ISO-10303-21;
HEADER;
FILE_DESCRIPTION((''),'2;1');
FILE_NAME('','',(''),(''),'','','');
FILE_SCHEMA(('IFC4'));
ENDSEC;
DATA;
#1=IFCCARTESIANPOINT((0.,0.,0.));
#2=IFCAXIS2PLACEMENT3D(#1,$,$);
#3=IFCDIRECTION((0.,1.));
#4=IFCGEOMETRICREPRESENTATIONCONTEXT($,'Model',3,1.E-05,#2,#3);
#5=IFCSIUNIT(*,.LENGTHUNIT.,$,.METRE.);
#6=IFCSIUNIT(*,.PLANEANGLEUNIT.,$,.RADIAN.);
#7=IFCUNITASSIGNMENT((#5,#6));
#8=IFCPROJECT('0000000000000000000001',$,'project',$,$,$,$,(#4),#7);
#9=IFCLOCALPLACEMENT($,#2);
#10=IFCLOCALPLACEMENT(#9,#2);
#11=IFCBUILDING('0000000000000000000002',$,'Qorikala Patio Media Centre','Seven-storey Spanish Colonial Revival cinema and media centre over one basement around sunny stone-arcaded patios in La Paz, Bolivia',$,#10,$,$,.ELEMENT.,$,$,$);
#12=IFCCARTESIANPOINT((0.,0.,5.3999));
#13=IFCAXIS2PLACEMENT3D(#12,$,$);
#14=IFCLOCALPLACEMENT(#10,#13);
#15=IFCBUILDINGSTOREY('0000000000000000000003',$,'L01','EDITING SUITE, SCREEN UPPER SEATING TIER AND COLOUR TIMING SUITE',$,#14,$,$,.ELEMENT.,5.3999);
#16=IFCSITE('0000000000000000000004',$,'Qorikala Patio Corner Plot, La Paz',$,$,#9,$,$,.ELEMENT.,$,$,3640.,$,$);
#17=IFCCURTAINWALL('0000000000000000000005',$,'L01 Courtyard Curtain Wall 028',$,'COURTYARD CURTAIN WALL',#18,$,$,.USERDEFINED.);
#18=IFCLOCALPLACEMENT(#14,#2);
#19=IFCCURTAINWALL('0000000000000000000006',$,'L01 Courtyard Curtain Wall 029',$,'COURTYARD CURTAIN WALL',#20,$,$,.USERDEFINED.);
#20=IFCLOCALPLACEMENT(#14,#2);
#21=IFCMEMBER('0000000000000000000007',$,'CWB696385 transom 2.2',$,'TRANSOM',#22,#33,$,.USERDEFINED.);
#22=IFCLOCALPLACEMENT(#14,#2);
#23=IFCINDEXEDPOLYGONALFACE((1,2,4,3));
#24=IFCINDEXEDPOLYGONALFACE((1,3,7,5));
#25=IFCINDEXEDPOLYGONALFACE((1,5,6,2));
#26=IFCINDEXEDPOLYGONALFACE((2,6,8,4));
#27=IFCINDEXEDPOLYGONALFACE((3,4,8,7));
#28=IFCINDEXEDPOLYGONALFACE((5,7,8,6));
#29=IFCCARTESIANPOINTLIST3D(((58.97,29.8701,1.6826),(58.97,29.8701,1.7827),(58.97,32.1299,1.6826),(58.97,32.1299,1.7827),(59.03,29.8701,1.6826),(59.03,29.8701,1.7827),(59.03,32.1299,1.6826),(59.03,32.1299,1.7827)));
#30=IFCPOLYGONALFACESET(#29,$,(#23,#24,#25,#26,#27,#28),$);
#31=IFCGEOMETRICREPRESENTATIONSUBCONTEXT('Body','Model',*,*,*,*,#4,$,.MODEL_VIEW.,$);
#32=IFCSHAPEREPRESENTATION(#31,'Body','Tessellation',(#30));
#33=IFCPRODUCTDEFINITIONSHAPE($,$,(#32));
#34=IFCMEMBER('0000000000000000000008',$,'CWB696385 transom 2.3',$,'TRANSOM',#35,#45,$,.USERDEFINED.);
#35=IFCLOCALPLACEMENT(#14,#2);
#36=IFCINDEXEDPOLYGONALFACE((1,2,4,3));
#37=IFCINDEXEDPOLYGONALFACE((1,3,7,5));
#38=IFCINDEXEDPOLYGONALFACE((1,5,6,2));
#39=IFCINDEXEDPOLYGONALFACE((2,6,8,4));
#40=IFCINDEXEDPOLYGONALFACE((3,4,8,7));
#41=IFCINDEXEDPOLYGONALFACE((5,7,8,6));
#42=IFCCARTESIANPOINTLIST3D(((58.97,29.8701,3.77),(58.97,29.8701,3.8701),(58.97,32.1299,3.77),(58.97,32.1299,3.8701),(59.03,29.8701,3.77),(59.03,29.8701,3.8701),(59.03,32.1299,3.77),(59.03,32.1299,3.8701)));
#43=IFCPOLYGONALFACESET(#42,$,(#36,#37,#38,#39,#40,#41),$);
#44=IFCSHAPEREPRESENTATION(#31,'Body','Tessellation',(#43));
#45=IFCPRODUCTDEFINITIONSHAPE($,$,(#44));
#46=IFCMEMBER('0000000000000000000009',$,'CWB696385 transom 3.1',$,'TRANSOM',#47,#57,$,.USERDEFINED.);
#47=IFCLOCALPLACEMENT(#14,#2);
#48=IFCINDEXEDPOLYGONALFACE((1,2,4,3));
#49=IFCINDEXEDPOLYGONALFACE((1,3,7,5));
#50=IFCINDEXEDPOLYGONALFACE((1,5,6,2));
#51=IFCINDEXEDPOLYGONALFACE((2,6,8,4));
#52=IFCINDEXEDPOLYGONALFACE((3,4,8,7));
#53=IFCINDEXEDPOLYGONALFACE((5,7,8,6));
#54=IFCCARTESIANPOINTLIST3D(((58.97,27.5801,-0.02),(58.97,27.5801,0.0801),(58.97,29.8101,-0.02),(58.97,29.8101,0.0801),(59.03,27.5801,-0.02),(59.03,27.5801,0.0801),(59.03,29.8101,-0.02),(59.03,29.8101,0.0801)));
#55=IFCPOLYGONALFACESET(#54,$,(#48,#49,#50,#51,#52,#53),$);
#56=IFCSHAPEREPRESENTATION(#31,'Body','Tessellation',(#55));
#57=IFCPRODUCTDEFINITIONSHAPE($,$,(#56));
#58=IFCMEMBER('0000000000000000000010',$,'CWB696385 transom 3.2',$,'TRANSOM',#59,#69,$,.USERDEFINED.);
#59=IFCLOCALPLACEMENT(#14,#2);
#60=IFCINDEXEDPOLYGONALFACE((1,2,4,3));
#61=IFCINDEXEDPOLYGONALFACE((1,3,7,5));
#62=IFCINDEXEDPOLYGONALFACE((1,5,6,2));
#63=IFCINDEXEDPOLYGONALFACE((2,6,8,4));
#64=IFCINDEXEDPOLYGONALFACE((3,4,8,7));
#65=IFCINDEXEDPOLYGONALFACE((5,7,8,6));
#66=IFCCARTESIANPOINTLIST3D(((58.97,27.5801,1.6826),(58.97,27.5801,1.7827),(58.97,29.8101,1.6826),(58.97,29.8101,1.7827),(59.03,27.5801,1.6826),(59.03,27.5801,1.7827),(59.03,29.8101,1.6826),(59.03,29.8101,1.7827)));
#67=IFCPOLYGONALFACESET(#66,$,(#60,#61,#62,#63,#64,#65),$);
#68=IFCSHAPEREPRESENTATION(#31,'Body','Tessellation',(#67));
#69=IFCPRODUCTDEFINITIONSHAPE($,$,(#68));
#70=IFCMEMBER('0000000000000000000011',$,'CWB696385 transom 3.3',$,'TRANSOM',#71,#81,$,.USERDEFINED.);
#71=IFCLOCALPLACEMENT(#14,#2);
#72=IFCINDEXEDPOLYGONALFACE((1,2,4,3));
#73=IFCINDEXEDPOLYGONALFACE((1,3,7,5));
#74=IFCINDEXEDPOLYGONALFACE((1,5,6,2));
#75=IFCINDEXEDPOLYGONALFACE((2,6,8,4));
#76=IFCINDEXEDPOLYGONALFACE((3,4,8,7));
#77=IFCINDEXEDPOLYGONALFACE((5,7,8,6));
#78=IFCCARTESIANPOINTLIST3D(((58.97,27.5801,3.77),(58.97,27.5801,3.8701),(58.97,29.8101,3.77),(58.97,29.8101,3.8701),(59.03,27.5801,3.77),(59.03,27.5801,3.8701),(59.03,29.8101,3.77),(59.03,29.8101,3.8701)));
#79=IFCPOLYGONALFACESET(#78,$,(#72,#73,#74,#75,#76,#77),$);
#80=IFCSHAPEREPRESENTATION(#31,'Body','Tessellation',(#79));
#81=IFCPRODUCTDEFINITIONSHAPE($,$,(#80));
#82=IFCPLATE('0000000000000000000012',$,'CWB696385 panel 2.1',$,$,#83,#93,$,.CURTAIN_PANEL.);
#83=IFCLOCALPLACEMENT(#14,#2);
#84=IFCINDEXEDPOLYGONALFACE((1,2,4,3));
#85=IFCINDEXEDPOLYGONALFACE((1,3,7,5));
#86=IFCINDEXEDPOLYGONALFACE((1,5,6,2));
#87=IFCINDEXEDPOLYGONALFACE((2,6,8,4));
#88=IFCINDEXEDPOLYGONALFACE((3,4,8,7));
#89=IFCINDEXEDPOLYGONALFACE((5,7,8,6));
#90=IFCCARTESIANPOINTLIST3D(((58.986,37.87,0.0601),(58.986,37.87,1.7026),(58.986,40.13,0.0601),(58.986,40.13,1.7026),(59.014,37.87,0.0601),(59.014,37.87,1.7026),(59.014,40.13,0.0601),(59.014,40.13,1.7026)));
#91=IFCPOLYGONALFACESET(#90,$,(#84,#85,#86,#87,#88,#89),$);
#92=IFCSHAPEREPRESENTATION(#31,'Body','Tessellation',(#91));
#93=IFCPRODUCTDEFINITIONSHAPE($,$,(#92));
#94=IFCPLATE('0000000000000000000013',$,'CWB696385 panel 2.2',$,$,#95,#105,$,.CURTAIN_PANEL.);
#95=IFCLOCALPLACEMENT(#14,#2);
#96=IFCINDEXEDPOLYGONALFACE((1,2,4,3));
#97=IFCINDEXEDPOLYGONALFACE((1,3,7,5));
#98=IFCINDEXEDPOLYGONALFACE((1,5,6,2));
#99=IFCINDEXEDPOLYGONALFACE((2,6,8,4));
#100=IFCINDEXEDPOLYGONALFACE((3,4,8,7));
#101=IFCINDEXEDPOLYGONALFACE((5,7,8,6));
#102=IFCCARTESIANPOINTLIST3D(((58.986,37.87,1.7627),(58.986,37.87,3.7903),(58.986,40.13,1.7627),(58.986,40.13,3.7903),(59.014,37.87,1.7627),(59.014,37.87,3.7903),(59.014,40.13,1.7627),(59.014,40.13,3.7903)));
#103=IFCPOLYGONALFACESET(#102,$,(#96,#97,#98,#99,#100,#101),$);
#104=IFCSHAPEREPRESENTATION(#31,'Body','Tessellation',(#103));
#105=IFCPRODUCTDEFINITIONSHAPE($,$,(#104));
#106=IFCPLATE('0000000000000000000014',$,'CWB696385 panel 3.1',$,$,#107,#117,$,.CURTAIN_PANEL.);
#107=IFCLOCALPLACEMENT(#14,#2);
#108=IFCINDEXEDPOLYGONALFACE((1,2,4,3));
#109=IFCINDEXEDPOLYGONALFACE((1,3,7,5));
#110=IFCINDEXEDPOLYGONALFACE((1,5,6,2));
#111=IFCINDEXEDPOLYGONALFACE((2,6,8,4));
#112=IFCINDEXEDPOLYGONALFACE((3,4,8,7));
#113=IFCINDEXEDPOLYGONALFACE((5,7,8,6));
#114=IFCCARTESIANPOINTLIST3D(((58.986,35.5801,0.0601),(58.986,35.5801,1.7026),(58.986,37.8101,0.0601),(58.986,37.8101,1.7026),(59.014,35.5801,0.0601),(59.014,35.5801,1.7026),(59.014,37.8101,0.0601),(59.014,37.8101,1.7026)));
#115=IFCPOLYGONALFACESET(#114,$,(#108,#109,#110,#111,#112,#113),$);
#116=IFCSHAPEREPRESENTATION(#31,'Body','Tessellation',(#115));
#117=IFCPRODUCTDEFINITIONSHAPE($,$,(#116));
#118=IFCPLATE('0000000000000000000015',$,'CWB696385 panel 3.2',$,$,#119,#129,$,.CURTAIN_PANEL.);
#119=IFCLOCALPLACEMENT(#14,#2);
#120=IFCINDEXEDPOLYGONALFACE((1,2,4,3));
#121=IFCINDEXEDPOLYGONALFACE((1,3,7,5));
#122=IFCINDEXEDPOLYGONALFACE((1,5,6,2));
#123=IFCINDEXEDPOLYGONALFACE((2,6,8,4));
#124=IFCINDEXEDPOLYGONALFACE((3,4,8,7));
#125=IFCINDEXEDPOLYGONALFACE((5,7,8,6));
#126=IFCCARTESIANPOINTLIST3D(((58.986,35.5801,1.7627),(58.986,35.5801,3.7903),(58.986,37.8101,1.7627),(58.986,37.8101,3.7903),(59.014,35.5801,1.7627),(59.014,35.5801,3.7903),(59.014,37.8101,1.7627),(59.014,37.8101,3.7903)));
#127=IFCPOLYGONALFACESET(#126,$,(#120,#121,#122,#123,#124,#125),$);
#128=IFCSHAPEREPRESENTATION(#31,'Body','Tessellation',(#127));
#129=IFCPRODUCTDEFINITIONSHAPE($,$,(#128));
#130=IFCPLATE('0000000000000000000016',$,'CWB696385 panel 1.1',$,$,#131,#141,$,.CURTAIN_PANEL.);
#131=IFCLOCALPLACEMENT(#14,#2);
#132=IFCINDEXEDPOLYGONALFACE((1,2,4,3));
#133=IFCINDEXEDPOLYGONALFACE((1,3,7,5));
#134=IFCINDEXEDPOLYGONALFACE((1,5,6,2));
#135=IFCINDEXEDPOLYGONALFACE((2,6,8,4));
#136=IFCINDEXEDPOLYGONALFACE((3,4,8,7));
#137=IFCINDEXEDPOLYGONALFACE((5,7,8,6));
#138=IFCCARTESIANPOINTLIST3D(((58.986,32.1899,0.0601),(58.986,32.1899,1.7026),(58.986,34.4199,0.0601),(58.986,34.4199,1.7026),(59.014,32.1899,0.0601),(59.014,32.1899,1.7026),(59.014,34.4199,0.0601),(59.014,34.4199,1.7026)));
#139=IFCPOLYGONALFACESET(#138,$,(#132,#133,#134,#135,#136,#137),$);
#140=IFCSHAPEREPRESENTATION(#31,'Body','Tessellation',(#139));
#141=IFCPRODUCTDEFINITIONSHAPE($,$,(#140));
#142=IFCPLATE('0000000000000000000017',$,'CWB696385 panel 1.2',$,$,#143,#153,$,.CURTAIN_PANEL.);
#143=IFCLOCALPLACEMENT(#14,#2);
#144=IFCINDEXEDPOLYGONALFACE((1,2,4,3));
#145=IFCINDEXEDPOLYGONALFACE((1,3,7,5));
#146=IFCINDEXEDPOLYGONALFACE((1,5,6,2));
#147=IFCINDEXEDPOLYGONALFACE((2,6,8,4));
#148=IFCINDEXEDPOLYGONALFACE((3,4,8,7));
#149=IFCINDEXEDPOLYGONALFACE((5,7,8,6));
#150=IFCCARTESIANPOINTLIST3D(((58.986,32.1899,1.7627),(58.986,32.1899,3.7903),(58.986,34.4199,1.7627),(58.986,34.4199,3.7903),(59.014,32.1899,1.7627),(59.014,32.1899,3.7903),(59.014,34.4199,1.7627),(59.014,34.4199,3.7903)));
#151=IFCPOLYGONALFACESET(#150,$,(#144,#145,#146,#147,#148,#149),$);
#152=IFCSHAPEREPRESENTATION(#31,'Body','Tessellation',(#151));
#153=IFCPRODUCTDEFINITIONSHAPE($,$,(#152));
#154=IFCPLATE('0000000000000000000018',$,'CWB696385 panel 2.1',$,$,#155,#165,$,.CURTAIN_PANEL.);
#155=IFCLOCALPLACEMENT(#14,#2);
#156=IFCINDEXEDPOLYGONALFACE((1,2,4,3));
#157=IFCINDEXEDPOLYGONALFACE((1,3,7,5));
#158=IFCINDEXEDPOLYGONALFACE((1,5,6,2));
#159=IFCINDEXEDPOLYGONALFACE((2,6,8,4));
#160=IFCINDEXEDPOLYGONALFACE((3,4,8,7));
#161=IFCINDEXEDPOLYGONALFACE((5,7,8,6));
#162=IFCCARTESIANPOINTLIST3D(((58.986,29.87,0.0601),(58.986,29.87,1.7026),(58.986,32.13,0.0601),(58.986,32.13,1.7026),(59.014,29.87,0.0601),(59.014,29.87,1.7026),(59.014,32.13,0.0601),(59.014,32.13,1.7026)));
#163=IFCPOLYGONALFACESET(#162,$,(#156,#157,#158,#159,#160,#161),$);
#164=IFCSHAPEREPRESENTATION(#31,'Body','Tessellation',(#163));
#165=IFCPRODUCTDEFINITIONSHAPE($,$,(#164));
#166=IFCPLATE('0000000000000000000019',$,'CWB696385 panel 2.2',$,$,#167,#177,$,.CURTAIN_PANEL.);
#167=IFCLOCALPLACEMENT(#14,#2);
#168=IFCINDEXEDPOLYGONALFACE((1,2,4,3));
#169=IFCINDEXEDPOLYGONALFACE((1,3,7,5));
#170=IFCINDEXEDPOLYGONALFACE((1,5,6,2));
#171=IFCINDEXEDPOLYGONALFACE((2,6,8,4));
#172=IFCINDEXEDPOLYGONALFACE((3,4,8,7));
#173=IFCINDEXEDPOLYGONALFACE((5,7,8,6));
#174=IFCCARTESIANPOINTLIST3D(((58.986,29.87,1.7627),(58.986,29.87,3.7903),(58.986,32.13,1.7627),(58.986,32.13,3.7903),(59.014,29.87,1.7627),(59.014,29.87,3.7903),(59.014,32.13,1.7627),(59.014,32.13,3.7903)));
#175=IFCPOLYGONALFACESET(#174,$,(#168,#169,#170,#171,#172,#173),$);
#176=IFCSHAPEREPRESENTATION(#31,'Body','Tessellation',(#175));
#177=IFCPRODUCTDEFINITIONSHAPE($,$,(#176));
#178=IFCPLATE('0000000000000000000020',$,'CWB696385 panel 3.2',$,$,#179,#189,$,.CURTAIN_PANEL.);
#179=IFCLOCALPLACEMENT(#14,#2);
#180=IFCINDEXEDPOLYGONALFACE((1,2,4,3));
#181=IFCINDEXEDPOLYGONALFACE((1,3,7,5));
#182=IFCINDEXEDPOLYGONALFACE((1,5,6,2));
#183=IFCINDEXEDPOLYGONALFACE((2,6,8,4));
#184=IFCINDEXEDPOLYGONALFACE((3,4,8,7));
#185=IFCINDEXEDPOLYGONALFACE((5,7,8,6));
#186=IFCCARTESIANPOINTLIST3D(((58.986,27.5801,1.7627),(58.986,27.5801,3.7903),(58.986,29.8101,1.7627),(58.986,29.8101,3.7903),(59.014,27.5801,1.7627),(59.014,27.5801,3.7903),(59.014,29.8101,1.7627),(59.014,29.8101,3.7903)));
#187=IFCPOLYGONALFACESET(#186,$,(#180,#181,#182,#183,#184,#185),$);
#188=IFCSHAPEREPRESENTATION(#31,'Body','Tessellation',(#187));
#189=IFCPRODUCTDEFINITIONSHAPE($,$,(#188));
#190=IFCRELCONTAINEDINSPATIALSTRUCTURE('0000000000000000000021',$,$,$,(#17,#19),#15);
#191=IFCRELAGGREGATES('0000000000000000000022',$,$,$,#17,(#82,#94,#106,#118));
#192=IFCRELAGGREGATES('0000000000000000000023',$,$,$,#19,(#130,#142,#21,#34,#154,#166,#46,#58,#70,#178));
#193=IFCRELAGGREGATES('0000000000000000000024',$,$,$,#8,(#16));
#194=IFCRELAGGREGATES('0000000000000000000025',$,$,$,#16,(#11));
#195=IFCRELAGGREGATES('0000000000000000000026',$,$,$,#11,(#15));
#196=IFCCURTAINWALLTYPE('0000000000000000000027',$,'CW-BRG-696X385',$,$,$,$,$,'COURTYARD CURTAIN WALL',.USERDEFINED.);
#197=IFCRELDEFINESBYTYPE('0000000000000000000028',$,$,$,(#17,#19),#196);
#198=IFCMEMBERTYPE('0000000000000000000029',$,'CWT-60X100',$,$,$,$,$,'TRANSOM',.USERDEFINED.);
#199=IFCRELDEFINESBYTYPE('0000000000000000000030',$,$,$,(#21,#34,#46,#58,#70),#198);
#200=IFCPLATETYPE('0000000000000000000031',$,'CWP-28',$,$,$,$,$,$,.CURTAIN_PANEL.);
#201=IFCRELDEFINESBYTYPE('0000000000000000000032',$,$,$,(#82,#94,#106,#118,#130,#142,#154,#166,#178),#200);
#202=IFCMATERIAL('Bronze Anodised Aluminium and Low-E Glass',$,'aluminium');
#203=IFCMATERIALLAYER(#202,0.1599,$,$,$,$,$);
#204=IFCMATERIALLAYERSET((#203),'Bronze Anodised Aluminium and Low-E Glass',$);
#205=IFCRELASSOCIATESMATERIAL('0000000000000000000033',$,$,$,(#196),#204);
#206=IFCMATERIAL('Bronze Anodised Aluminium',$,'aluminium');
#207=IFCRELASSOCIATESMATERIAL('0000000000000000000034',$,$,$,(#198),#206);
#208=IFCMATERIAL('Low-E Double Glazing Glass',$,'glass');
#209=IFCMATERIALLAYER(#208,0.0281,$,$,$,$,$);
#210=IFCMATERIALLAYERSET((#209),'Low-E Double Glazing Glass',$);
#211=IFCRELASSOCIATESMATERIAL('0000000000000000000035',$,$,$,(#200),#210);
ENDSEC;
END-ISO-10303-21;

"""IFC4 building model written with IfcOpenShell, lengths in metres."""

from ifc_helpers import new_model, si_unit, direction, frame, origin, origin_2d, place, context, subcontext, project, spatial, rectangle, extrude, material, layer, layer_set, material_profile, profile_set, type_object, element, aggregate, save


model = new_model("IFC4")

# Units and contexts
model_context = context("Model", 3, precision=1e-05, world=origin(), true_north=direction((0.0, 1.0)))
body_context = subcontext(model_context, "Body", "Model", "MODEL_VIEW")
ifc_project = project(units=[si_unit("LENGTHUNIT", "METRE"), si_unit("PLANEANGLEUNIT", "RADIAN")], contexts=[model_context])

# Site, building, storey
site_placement = place(None, origin())
site = spatial("IfcSite", under=ifc_project, at=site_placement, Name="Qorikala Patio Corner Plot, La Paz", CompositionType="ELEMENT", RefElevation=3640.0)
building_placement = place(site_placement, origin())
building = spatial("IfcBuilding", under=site, at=building_placement, Name="Qorikala Patio Media Centre", Description="Seven-storey Spanish Colonial Revival cinema and media centre over one basement around sunny stone-arcaded patios in La Paz, Bolivia", CompositionType="ELEMENT")
storey_placement = place(building_placement, frame((0.0, 0.0, 5.3999)))
storey = spatial("IfcBuildingStorey", under=building, at=storey_placement, Name="L01", Description="EDITING SUITE, SCREEN UPPER SEATING TIER AND COLOUR TIMING SUITE", CompositionType="ELEMENT", Elevation=5.3999)

# Curtain walls
ifc_material_1 = material(Name="Bronze Anodised Aluminium and Low-E Glass", Category="aluminium")
ifc_layer_1 = layer(ifc_material_1, 0.1599)
ifc_layer_set_1 = layer_set([ifc_layer_1], Name="Bronze Anodised Aluminium and Low-E Glass")
curtain_wall_type = type_object("IfcCurtainWallType", Name="CW-BRG-696X385", ElementType="COURTYARD CURTAIN WALL", PredefinedType="USERDEFINED", material=ifc_layer_set_1)
curtain_wall_1_placement = place(storey_placement, origin())
curtain_wall_1 = element("IfcCurtainWall", 1, at=curtain_wall_1_placement, inside=storey, type_object=curtain_wall_type, Name="L01 Courtyard Curtain Wall 028", ObjectType="COURTYARD CURTAIN WALL", PredefinedType="USERDEFINED")
ifc_material_2 = material(Name="Bronze Anodised Aluminium", Category="aluminium")
curtain_wall_2_placement = place(storey_placement, origin())
curtain_wall_2 = element("IfcCurtainWall", 2, at=curtain_wall_2_placement, inside=storey, type_object=curtain_wall_type, Name="L01 Courtyard Curtain Wall 029", ObjectType="COURTYARD CURTAIN WALL", PredefinedType="USERDEFINED")

# Members
ifc_material_profile_1 = material_profile(ifc_material_2, rectangle(XDim=0.0601, YDim=0.1001, at=origin_2d()), Name="ALU TRANSOM 60x100")
ifc_profile_set_1 = profile_set([ifc_material_profile_1], Name="Bronze Anodised Aluminium")
member_type_1 = type_object("IfcMemberType", Name="CWT-60X100", ElementType="TRANSOM", PredefinedType="USERDEFINED", material=ifc_profile_set_1)
member_1_placement = place(storey_placement, frame((59.0, 32.1299, 1.7327), z_axis=(0.0, -1.0, 0.0), x_axis=(1.0, 0.0, 0.0)))
member_1 = element("IfcMember", 3, at=member_1_placement, type_object=member_type_1, Name="CWB696385 transom 2.2", ObjectType="TRANSOM", PredefinedType="USERDEFINED", context=body_context, shape_type="SweptSolid", body=[
    extrude(rectangle(XDim=0.0601, YDim=0.1001, at=origin_2d()), origin(), (0.0, 0.0, 1.0), 2.2598),
])
member_2_placement = place(storey_placement, frame((59.0, 32.1299, 3.8201), z_axis=(0.0, -1.0, 0.0), x_axis=(1.0, 0.0, 0.0)))
member_2 = element("IfcMember", 4, at=member_2_placement, type_object=member_type_1, Name="CWB696385 transom 2.3", ObjectType="TRANSOM", PredefinedType="USERDEFINED", context=body_context, shape_type="SweptSolid", body=[
    extrude(rectangle(XDim=0.0601, YDim=0.1001, at=origin_2d()), origin(), (0.0, 0.0, 1.0), 2.2598),
])
member_3_placement = place(storey_placement, frame((59.0, 29.8101, 0.03), z_axis=(0.0, -1.0, 0.0), x_axis=(1.0, 0.0, 0.0)))
member_3 = element("IfcMember", 5, at=member_3_placement, type_object=member_type_1, Name="CWB696385 transom 3.1", ObjectType="TRANSOM", PredefinedType="USERDEFINED", context=body_context, shape_type="SweptSolid", body=[
    extrude(rectangle(XDim=0.0601, YDim=0.1001, at=origin_2d()), origin(), (0.0, 0.0, 1.0), 2.23),
])
member_4_placement = place(storey_placement, frame((59.0, 29.8101, 1.7327), z_axis=(0.0, -1.0, 0.0), x_axis=(1.0, 0.0, 0.0)))
member_4 = element("IfcMember", 6, at=member_4_placement, type_object=member_type_1, Name="CWB696385 transom 3.2", ObjectType="TRANSOM", PredefinedType="USERDEFINED", context=body_context, shape_type="SweptSolid", body=[
    extrude(rectangle(XDim=0.0601, YDim=0.1001, at=origin_2d()), origin(), (0.0, 0.0, 1.0), 2.23),
])
member_5_placement = place(storey_placement, frame((59.0, 29.8101, 3.8201), z_axis=(0.0, -1.0, 0.0), x_axis=(1.0, 0.0, 0.0)))
member_5 = element("IfcMember", 7, at=member_5_placement, type_object=member_type_1, Name="CWB696385 transom 3.3", ObjectType="TRANSOM", PredefinedType="USERDEFINED", context=body_context, shape_type="SweptSolid", body=[
    extrude(rectangle(XDim=0.0601, YDim=0.1001, at=origin_2d()), origin(), (0.0, 0.0, 1.0), 2.23),
])

# Plates
ifc_material_3 = material(Name="Low-E Double Glazing Glass", Category="glass")
ifc_layer_2 = layer(ifc_material_3, 0.0281)
ifc_layer_set_2 = layer_set([ifc_layer_2], Name="Low-E Double Glazing Glass")
plate_type = type_object("IfcPlateType", Name="CWP-28", PredefinedType="CURTAIN_PANEL", material=ifc_layer_set_2)
plate_1_placement = place(storey_placement, frame((59.0, 39.0, 0.0601), z_axis=(0.0, 0.0, 1.0), x_axis=(0.0, -1.0, 0.0)))
plate_1 = element("IfcPlate", 8, at=plate_1_placement, type_object=plate_type, Name="CWB696385 panel 2.1", PredefinedType="CURTAIN_PANEL", context=body_context, shape_type="SweptSolid", body=[
    extrude(rectangle(XDim=2.26, YDim=0.0281, at=origin_2d()), origin(), (0.0, 0.0, 1.0), 1.6426),
])
plate_2_placement = place(storey_placement, frame((59.0, 39.0, 1.7627), z_axis=(0.0, 0.0, 1.0), x_axis=(0.0, -1.0, 0.0)))
plate_2 = element("IfcPlate", 9, at=plate_2_placement, type_object=plate_type, Name="CWB696385 panel 2.2", PredefinedType="CURTAIN_PANEL", context=body_context, shape_type="SweptSolid", body=[
    extrude(rectangle(XDim=2.26, YDim=0.0281, at=origin_2d()), origin(), (0.0, 0.0, 1.0), 2.0276),
])
plate_3_placement = place(storey_placement, frame((59.0, 36.6951, 0.0601), z_axis=(0.0, 0.0, 1.0), x_axis=(0.0, -1.0, 0.0)))
plate_3 = element("IfcPlate", 10, at=plate_3_placement, type_object=plate_type, Name="CWB696385 panel 3.1", PredefinedType="CURTAIN_PANEL", context=body_context, shape_type="SweptSolid", body=[
    extrude(rectangle(XDim=2.23, YDim=0.0281, at=origin_2d()), origin(), (0.0, 0.0, 1.0), 1.6426),
])
plate_4_placement = place(storey_placement, frame((59.0, 36.6951, 1.7627), z_axis=(0.0, 0.0, 1.0), x_axis=(0.0, -1.0, 0.0)))
plate_4 = element("IfcPlate", 11, at=plate_4_placement, type_object=plate_type, Name="CWB696385 panel 3.2", PredefinedType="CURTAIN_PANEL", context=body_context, shape_type="SweptSolid", body=[
    extrude(rectangle(XDim=2.23, YDim=0.0281, at=origin_2d()), origin(), (0.0, 0.0, 1.0), 2.0276),
])
aggregate(curtain_wall_1, [plate_1, plate_2, plate_3, plate_4])
plate_5_placement = place(storey_placement, frame((59.0, 33.3049, 0.0601), z_axis=(0.0, 0.0, 1.0), x_axis=(0.0, -1.0, 0.0)))
plate_5 = element("IfcPlate", 12, at=plate_5_placement, type_object=plate_type, Name="CWB696385 panel 1.1", PredefinedType="CURTAIN_PANEL", context=body_context, shape_type="SweptSolid", body=[
    extrude(rectangle(XDim=2.23, YDim=0.0281, at=origin_2d()), origin(), (0.0, 0.0, 1.0), 1.6426),
])
plate_6_placement = place(storey_placement, frame((59.0, 33.3049, 1.7627), z_axis=(0.0, 0.0, 1.0), x_axis=(0.0, -1.0, 0.0)))
plate_6 = element("IfcPlate", 13, at=plate_6_placement, type_object=plate_type, Name="CWB696385 panel 1.2", PredefinedType="CURTAIN_PANEL", context=body_context, shape_type="SweptSolid", body=[
    extrude(rectangle(XDim=2.23, YDim=0.0281, at=origin_2d()), origin(), (0.0, 0.0, 1.0), 2.0276),
])
plate_7_placement = place(storey_placement, frame((59.0, 31.0, 0.0601), z_axis=(0.0, 0.0, 1.0), x_axis=(0.0, -1.0, 0.0)))
plate_7 = element("IfcPlate", 14, at=plate_7_placement, type_object=plate_type, Name="CWB696385 panel 2.1", PredefinedType="CURTAIN_PANEL", context=body_context, shape_type="SweptSolid", body=[
    extrude(rectangle(XDim=2.26, YDim=0.0281, at=origin_2d()), origin(), (0.0, 0.0, 1.0), 1.6426),
])
plate_8_placement = place(storey_placement, frame((59.0, 31.0, 1.7627), z_axis=(0.0, 0.0, 1.0), x_axis=(0.0, -1.0, 0.0)))
plate_8 = element("IfcPlate", 15, at=plate_8_placement, type_object=plate_type, Name="CWB696385 panel 2.2", PredefinedType="CURTAIN_PANEL", context=body_context, shape_type="SweptSolid", body=[
    extrude(rectangle(XDim=2.26, YDim=0.0281, at=origin_2d()), origin(), (0.0, 0.0, 1.0), 2.0276),
])
plate_9_placement = place(storey_placement, frame((59.0, 28.6951, 1.7627), z_axis=(0.0, 0.0, 1.0), x_axis=(0.0, -1.0, 0.0)))
plate_9 = element("IfcPlate", 16, at=plate_9_placement, type_object=plate_type, Name="CWB696385 panel 3.2", PredefinedType="CURTAIN_PANEL", context=body_context, shape_type="SweptSolid", body=[
    extrude(rectangle(XDim=2.23, YDim=0.0281, at=origin_2d()), origin(), (0.0, 0.0, 1.0), 2.0276),
])
aggregate(curtain_wall_2, [plate_5, plate_6, member_1, member_2, plate_7, plate_8, member_3, member_4, member_5, plate_9])

save(model, "model.ifc")
